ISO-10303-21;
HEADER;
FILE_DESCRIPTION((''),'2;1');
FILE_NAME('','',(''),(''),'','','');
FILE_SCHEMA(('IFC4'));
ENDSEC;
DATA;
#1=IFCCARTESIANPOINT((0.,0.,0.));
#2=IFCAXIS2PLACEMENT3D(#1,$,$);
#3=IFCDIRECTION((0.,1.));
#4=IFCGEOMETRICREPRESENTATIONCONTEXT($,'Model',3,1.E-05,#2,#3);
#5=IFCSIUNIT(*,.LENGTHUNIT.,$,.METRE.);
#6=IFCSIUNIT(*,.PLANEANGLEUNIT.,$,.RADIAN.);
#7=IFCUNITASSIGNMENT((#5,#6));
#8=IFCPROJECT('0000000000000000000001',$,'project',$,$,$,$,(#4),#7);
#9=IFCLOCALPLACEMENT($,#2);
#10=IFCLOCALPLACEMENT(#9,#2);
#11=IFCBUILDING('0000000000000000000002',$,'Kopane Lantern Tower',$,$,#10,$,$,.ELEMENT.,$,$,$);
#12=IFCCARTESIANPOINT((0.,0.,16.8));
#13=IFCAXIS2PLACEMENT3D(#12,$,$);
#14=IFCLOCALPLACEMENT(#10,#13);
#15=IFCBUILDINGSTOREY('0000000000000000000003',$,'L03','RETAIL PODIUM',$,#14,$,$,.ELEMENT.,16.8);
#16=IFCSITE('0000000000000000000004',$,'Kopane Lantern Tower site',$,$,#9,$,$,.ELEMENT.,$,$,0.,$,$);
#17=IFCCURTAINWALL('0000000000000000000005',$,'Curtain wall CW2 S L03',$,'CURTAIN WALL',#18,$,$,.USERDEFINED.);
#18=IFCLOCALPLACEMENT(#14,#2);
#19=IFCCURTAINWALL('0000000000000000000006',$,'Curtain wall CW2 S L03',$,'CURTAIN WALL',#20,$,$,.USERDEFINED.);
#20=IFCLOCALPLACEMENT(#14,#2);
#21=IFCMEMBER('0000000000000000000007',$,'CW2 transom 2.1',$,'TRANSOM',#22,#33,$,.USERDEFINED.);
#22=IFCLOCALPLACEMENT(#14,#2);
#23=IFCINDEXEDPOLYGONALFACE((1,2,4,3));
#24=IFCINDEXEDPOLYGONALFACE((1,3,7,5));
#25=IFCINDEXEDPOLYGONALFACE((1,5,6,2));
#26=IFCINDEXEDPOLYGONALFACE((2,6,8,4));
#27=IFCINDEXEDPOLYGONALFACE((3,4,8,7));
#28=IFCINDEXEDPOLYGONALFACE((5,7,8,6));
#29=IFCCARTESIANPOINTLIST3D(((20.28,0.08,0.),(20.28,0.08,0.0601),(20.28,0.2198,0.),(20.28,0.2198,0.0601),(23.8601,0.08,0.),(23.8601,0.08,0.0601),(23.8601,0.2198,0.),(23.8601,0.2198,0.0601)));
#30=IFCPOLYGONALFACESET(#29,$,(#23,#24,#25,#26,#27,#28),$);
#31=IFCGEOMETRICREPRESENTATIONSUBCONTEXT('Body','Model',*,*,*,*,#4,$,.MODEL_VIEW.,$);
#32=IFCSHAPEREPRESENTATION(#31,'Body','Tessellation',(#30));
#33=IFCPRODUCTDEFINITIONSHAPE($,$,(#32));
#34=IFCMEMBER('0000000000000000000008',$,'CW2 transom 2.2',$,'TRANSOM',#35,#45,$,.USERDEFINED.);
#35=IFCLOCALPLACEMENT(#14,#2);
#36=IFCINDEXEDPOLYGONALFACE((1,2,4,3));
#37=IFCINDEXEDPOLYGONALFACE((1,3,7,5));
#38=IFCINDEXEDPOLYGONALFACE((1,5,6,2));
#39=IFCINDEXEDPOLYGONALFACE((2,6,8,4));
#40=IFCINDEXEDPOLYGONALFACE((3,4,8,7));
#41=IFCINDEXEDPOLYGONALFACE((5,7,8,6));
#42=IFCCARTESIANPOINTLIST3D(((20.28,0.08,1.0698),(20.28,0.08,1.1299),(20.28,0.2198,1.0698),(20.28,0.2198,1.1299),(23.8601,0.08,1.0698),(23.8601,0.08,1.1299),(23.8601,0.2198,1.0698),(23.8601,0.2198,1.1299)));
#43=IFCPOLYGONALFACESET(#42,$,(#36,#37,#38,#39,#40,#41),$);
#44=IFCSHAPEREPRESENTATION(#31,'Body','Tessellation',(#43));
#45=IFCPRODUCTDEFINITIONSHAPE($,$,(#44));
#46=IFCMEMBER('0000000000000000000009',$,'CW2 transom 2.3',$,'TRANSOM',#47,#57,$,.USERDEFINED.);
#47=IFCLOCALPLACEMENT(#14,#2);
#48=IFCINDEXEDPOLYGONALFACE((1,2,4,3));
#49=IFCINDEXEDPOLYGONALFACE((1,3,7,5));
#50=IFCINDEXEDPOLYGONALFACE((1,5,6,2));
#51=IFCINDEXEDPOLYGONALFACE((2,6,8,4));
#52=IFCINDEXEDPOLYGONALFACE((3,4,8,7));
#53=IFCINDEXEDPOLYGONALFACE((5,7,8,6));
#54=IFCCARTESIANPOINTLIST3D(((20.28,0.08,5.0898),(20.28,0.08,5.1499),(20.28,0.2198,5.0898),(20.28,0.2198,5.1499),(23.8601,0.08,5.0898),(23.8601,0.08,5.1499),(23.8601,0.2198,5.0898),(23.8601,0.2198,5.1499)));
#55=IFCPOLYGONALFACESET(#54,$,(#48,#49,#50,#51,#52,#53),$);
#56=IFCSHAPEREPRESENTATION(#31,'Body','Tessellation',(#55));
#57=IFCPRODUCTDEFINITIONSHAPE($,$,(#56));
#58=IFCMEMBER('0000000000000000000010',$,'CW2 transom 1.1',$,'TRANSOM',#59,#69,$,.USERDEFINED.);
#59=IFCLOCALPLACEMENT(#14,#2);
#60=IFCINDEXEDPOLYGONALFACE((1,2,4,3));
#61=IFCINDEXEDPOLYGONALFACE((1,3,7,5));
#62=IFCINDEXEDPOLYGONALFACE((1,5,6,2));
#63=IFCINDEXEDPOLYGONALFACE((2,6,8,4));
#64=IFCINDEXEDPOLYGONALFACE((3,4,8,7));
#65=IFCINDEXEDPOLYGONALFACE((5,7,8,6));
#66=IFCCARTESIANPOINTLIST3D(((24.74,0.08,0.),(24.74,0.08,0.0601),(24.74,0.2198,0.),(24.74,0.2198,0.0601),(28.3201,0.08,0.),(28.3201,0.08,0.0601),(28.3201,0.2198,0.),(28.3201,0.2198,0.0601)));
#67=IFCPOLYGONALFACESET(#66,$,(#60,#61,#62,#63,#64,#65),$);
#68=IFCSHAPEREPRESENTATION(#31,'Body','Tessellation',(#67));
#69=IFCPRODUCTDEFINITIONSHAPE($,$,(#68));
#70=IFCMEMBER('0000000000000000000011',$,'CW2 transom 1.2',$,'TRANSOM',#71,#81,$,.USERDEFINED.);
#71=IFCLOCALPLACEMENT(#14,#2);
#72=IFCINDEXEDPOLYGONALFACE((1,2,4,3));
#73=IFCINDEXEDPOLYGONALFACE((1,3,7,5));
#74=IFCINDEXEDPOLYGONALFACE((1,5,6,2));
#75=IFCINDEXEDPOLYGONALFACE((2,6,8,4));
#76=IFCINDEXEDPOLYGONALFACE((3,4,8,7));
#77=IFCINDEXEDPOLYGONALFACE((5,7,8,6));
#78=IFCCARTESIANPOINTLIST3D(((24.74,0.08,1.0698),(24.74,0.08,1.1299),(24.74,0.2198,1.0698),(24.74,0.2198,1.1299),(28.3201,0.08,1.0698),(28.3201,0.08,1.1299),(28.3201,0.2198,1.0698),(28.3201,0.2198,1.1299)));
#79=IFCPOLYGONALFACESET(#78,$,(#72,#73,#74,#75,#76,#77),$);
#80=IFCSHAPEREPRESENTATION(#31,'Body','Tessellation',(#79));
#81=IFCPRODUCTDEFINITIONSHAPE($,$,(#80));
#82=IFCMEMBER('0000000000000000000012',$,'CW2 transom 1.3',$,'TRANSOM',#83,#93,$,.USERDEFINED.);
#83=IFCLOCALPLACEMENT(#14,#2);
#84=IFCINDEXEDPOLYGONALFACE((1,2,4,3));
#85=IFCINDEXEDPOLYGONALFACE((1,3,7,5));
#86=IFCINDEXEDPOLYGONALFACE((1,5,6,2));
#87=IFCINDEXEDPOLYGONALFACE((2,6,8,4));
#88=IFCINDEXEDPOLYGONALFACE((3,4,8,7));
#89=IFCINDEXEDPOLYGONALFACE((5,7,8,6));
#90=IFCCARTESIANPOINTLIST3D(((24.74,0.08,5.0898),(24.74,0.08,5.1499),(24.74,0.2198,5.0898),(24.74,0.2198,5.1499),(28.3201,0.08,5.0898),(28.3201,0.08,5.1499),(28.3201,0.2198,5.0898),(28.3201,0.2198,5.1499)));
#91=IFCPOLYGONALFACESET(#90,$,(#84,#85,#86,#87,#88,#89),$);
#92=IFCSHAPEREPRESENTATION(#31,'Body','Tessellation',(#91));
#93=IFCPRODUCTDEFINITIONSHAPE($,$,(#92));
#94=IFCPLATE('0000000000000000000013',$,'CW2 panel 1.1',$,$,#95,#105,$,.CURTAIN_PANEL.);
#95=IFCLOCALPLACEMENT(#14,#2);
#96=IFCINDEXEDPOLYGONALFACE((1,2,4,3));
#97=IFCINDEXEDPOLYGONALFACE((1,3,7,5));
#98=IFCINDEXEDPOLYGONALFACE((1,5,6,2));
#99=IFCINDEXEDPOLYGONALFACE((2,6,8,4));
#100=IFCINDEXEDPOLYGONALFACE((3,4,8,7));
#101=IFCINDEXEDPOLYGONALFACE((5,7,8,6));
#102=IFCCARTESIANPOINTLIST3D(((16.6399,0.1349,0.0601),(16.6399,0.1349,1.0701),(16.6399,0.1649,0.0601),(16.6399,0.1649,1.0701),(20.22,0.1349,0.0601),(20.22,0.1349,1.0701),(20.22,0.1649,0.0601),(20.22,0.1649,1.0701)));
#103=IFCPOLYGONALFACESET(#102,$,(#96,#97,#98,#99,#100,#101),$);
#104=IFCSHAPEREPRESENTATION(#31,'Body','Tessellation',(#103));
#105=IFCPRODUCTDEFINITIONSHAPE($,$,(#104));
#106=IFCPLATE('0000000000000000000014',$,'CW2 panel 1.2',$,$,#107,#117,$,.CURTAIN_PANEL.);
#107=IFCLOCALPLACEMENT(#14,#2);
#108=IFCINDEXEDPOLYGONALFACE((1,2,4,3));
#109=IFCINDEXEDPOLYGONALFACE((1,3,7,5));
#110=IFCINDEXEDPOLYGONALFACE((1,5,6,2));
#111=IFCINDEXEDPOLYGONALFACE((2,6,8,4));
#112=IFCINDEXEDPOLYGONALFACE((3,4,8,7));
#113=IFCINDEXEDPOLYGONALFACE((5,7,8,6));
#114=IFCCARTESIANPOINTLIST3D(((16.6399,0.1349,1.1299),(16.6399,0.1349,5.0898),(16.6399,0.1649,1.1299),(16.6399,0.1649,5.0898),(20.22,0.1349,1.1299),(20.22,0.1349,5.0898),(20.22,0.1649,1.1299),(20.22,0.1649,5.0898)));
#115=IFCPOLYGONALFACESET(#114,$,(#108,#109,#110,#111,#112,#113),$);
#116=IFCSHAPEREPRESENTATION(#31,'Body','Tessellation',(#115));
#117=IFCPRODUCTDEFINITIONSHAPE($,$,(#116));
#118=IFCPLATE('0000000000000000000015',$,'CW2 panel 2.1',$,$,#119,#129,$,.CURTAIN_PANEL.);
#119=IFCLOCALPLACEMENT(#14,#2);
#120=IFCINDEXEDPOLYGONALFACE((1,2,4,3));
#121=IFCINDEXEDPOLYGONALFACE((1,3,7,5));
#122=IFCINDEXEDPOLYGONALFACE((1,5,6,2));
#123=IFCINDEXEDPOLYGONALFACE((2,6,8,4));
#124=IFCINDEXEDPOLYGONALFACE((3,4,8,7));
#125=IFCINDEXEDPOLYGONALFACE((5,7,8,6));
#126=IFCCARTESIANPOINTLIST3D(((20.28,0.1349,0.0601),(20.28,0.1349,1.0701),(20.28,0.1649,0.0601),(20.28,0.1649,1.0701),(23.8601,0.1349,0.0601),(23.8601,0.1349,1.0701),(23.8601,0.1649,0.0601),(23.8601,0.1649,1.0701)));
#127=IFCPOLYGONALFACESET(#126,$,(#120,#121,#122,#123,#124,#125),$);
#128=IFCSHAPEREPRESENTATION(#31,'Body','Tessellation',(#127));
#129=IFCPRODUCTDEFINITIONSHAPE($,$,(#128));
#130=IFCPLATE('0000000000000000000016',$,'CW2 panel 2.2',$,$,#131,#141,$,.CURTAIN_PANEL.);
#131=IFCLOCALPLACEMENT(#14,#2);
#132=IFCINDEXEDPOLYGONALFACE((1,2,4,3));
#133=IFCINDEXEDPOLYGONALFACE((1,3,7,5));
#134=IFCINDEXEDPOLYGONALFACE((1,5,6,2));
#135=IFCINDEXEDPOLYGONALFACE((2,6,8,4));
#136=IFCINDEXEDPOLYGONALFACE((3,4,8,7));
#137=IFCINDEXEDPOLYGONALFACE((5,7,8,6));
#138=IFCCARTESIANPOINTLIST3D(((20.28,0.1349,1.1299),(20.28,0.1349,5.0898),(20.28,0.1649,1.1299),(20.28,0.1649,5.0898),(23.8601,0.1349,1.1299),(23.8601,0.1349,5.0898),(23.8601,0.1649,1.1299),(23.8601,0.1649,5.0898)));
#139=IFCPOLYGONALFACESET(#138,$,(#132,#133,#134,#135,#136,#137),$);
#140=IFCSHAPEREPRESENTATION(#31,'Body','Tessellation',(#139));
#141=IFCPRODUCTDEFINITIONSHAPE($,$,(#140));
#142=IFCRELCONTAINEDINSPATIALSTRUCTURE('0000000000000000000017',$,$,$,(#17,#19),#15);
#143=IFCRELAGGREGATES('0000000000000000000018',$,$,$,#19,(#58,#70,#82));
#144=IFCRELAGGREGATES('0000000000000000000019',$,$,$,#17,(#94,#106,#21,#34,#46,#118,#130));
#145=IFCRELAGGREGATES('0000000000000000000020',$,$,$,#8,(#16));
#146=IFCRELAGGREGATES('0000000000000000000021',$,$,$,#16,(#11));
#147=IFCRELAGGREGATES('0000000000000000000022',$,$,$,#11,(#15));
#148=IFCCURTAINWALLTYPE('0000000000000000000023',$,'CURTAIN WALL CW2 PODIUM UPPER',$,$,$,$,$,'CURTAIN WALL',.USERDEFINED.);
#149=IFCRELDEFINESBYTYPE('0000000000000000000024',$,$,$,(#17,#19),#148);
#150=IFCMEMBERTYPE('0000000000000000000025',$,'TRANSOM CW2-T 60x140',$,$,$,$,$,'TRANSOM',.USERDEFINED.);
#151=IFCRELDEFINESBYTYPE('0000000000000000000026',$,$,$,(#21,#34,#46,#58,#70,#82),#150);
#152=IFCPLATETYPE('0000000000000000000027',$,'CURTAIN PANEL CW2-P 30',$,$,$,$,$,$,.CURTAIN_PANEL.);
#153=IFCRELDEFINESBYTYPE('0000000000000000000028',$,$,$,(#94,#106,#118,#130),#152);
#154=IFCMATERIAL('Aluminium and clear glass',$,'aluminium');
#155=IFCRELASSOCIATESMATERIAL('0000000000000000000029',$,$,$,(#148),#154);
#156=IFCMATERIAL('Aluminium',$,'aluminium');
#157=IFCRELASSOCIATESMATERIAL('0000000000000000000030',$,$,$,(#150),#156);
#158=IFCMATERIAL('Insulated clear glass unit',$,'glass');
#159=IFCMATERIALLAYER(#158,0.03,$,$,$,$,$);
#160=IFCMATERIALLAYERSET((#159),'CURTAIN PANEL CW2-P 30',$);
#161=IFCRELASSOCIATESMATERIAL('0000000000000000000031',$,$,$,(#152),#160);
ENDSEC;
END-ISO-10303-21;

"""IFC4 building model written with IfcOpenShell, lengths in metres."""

from ifc_helpers import new_model, si_unit, direction, frame, origin, origin_2d, place, context, subcontext, project, spatial, rectangle, extrude, material, layer, layer_set, material_profile, profile_set, type_object, element, aggregate, save


model = new_model("IFC4")

# Units and contexts
model_context = context("Model", 3, precision=1e-05, world=origin(), true_north=direction((0.0, 1.0)))
body_context = subcontext(model_context, "Body", "Model", "MODEL_VIEW")
ifc_project = project(units=[si_unit("LENGTHUNIT", "METRE"), si_unit("PLANEANGLEUNIT", "RADIAN")], contexts=[model_context])

# Site, building, storey
site_placement = place(None, origin())
site = spatial("IfcSite", under=ifc_project, at=site_placement, Name="Kopane Lantern Tower site", CompositionType="ELEMENT", RefElevation=0.0)
building_placement = place(site_placement, origin())
building = spatial("IfcBuilding", under=site, at=building_placement, Name="Kopane Lantern Tower", CompositionType="ELEMENT")
storey_placement = place(building_placement, frame((0.0, 0.0, 16.8)))
storey = spatial("IfcBuildingStorey", under=building, at=storey_placement, Name="L03", Description="RETAIL PODIUM", CompositionType="ELEMENT", Elevation=16.8)

# Curtain wall
ifc_material_1 = material(Name="Aluminium and clear glass", Category="aluminium")
curtain_wall_type = type_object("IfcCurtainWallType", Name="CURTAIN WALL CW2 PODIUM UPPER", ElementType="CURTAIN WALL", PredefinedType="USERDEFINED", material=ifc_material_1)
curtain_wall_1_placement = place(storey_placement, origin())
curtain_wall_1 = element("IfcCurtainWall", 1, at=curtain_wall_1_placement, inside=storey, type_object=curtain_wall_type, Name="Curtain wall CW2 S L03", ObjectType="CURTAIN WALL", PredefinedType="USERDEFINED")

# Curtain wall
curtain_wall_2_placement = place(storey_placement, origin())
curtain_wall_2 = element("IfcCurtainWall", 2, at=curtain_wall_2_placement, inside=storey, type_object=curtain_wall_type, Name="Curtain wall CW2 S L03", ObjectType="CURTAIN WALL", PredefinedType="USERDEFINED")

# Members
ifc_material_2 = material(Name="Aluminium", Category="aluminium")
ifc_material_profile_1 = material_profile(ifc_material_2, rectangle(XDim=0.1399, YDim=0.0601, at=origin_2d()), Name="AL 140x60")
ifc_profile_set_1 = profile_set([ifc_material_profile_1], Name="Aluminium")
member_type_1 = type_object("IfcMemberType", Name="TRANSOM CW2-T 60x140", ElementType="TRANSOM", PredefinedType="USERDEFINED", material=ifc_profile_set_1)
member_1_placement = place(storey_placement, frame((20.28, 0.1499, 0.03), z_axis=(1.0, 0.0, 0.0), x_axis=(0.0, 1.0, 0.0)))
member_1 = element("IfcMember", 3, at=member_1_placement, type_object=member_type_1, Name="CW2 transom 2.1", ObjectType="TRANSOM", PredefinedType="USERDEFINED", context=body_context, shape_type="SweptSolid", body=[
    extrude(rectangle(XDim=0.1399, YDim=0.0601, at=origin_2d()), origin(), (0.0, 0.0, 1.0), 3.5801),
])
member_2_placement = place(storey_placement, frame((20.28, 0.1499, 1.0999), z_axis=(1.0, 0.0, 0.0), x_axis=(0.0, 1.0, 0.0)))
member_2 = element("IfcMember", 4, at=member_2_placement, type_object=member_type_1, Name="CW2 transom 2.2", ObjectType="TRANSOM", PredefinedType="USERDEFINED", context=body_context, shape_type="SweptSolid", body=[
    extrude(rectangle(XDim=0.1399, YDim=0.0601, at=origin_2d()), origin(), (0.0, 0.0, 1.0), 3.5801),
])
member_3_placement = place(storey_placement, frame((20.28, 0.1499, 5.1199), z_axis=(1.0, 0.0, 0.0), x_axis=(0.0, 1.0, 0.0)))
member_3 = element("IfcMember", 5, at=member_3_placement, type_object=member_type_1, Name="CW2 transom 2.3", ObjectType="TRANSOM", PredefinedType="USERDEFINED", context=body_context, shape_type="SweptSolid", body=[
    extrude(rectangle(XDim=0.1399, YDim=0.0601, at=origin_2d()), origin(), (0.0, 0.0, 1.0), 3.5801),
])
member_4_placement = place(storey_placement, frame((24.74, 0.1499, 0.03), z_axis=(1.0, 0.0, 0.0), x_axis=(0.0, 1.0, 0.0)))
member_4 = element("IfcMember", 6, at=member_4_placement, type_object=member_type_1, Name="CW2 transom 1.1", ObjectType="TRANSOM", PredefinedType="USERDEFINED", context=body_context, shape_type="SweptSolid", body=[
    extrude(rectangle(XDim=0.1399, YDim=0.0601, at=origin_2d()), origin(), (0.0, 0.0, 1.0), 3.5801),
])
member_5_placement = place(storey_placement, frame((24.74, 0.1499, 1.0999), z_axis=(1.0, 0.0, 0.0), x_axis=(0.0, 1.0, 0.0)))
member_5 = element("IfcMember", 7, at=member_5_placement, type_object=member_type_1, Name="CW2 transom 1.2", ObjectType="TRANSOM", PredefinedType="USERDEFINED", context=body_context, shape_type="SweptSolid", body=[
    extrude(rectangle(XDim=0.1399, YDim=0.0601, at=origin_2d()), origin(), (0.0, 0.0, 1.0), 3.5801),
])
member_6_placement = place(storey_placement, frame((24.74, 0.1499, 5.1199), z_axis=(1.0, 0.0, 0.0), x_axis=(0.0, 1.0, 0.0)))
member_6 = element("IfcMember", 8, at=member_6_placement, type_object=member_type_1, Name="CW2 transom 1.3", ObjectType="TRANSOM", PredefinedType="USERDEFINED", context=body_context, shape_type="SweptSolid", body=[
    extrude(rectangle(XDim=0.1399, YDim=0.0601, at=origin_2d()), origin(), (0.0, 0.0, 1.0), 3.5801),
])
aggregate(curtain_wall_2, [member_4, member_5, member_6])

# Plates
ifc_material_3 = material(Name="Insulated clear glass unit", Category="glass")
ifc_layer = layer(ifc_material_3, 0.03)
ifc_layer_set = layer_set([ifc_layer], Name="CURTAIN PANEL CW2-P 30")
plate_type = type_object("IfcPlateType", Name="CURTAIN PANEL CW2-P 30", PredefinedType="CURTAIN_PANEL", material=ifc_layer_set)
plate_1_placement = place(storey_placement, frame((18.4299, 0.1499, 0.0601), z_axis=(0.0, 0.0, 1.0), x_axis=(1.0, 0.0, 0.0)))
plate_1 = element("IfcPlate", 9, at=plate_1_placement, type_object=plate_type, Name="CW2 panel 1.1", PredefinedType="CURTAIN_PANEL", context=body_context, shape_type="SweptSolid", body=[
    extrude(rectangle(XDim=3.5801, YDim=0.03, at=origin_2d()), origin(), (0.0, 0.0, 1.0), 1.01),
])
plate_2_placement = place(storey_placement, frame((18.4299, 0.1499, 1.1299), z_axis=(0.0, 0.0, 1.0), x_axis=(1.0, 0.0, 0.0)))
plate_2 = element("IfcPlate", 10, at=plate_2_placement, type_object=plate_type, Name="CW2 panel 1.2", PredefinedType="CURTAIN_PANEL", context=body_context, shape_type="SweptSolid", body=[
    extrude(rectangle(XDim=3.5801, YDim=0.03, at=origin_2d()), origin(), (0.0, 0.0, 1.0), 3.96),
])
plate_3_placement = place(storey_placement, frame((22.0701, 0.1499, 0.0601), z_axis=(0.0, 0.0, 1.0), x_axis=(1.0, 0.0, 0.0)))
plate_3 = element("IfcPlate", 11, at=plate_3_placement, type_object=plate_type, Name="CW2 panel 2.1", PredefinedType="CURTAIN_PANEL", context=body_context, shape_type="SweptSolid", body=[
    extrude(rectangle(XDim=3.5801, YDim=0.03, at=origin_2d()), origin(), (0.0, 0.0, 1.0), 1.01),
])
plate_4_placement = place(storey_placement, frame((22.0701, 0.1499, 1.1299), z_axis=(0.0, 0.0, 1.0), x_axis=(1.0, 0.0, 0.0)))
plate_4 = element("IfcPlate", 12, at=plate_4_placement, type_object=plate_type, Name="CW2 panel 2.2", PredefinedType="CURTAIN_PANEL", context=body_context, shape_type="SweptSolid", body=[
    extrude(rectangle(XDim=3.5801, YDim=0.03, at=origin_2d()), origin(), (0.0, 0.0, 1.0), 3.96),
])
aggregate(curtain_wall_1, [plate_1, plate_2, member_1, member_2, member_3, plate_3, plate_4])

save(model, "model.ifc")
